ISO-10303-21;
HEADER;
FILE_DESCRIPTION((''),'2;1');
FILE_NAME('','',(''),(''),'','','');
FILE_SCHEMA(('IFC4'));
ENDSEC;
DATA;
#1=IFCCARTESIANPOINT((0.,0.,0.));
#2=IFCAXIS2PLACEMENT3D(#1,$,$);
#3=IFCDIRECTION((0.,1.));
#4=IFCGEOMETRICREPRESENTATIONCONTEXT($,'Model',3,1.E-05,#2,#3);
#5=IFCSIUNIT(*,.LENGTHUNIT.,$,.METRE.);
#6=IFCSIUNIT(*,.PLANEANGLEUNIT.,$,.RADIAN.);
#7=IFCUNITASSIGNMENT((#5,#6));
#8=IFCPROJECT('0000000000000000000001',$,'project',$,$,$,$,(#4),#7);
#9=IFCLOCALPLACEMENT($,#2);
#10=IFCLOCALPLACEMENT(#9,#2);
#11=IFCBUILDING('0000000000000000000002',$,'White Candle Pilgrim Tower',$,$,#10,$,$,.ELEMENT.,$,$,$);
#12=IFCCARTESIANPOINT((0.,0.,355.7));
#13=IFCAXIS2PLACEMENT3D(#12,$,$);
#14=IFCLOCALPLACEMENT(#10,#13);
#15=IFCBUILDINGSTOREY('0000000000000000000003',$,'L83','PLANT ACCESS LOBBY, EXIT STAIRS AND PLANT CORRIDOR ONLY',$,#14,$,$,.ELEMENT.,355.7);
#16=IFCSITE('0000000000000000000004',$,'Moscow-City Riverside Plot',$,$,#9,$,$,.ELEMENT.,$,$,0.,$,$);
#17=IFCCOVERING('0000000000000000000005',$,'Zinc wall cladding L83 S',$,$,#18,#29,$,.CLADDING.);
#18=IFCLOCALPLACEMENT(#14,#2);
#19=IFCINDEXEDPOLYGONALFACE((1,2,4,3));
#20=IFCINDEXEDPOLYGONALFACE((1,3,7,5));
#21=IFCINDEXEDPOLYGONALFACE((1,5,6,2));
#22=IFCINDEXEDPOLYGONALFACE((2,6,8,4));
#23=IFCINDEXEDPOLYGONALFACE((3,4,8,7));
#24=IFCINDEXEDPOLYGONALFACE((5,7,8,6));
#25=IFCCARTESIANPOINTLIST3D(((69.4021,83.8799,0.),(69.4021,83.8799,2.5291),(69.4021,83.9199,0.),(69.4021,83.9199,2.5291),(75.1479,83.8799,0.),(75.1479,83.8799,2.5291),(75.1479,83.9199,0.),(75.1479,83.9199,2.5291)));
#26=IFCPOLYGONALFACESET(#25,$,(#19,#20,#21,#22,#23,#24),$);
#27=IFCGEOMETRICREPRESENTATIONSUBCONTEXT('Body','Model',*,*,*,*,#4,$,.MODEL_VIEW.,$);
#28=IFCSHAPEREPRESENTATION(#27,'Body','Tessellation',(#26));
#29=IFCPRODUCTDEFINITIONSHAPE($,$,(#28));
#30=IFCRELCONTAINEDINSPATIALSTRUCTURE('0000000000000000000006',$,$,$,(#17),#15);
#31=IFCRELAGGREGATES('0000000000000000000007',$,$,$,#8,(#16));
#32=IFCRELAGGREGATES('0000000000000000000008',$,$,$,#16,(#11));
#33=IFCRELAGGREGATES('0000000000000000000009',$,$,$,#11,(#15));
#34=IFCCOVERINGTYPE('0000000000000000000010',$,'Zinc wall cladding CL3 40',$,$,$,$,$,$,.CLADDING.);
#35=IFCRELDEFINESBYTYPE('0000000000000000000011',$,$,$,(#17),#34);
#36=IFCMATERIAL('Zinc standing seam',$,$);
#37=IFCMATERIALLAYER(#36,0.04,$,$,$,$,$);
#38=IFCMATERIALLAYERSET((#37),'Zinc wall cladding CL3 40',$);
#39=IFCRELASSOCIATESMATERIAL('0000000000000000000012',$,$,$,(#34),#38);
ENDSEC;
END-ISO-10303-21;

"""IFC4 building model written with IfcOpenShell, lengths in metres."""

from ifc_helpers import new_model, si_unit, direction, frame, origin, place, context, subcontext, project, spatial, polyline, outline, extrude, material, layer, layer_set, type_object, element, save


model = new_model("IFC4")

# Units and contexts
model_context = context("Model", 3, precision=1e-05, world=origin(), true_north=direction((0.0, 1.0)))
body_context = subcontext(model_context, "Body", "Model", "MODEL_VIEW")
ifc_project = project(units=[si_unit("LENGTHUNIT", "METRE"), si_unit("PLANEANGLEUNIT", "RADIAN")], contexts=[model_context])

# Site, building, storey
site_placement = place(None, origin())
site = spatial("IfcSite", under=ifc_project, at=site_placement, Name="Moscow-City Riverside Plot", CompositionType="ELEMENT", RefElevation=0.0)
building_placement = place(site_placement, origin())
building = spatial("IfcBuilding", under=site, at=building_placement, Name="White Candle Pilgrim Tower", CompositionType="ELEMENT")
storey_placement = place(building_placement, frame((0.0, 0.0, 355.7)))
storey = spatial("IfcBuildingStorey", under=building, at=storey_placement, Name="L83", Description="PLANT ACCESS LOBBY, EXIT STAIRS AND PLANT CORRIDOR ONLY", CompositionType="ELEMENT", Elevation=355.7)

# Shared definitions
ifc_material_1 = material(Name="Zinc standing seam")

# Covering
ifc_layer_1 = layer(ifc_material_1, 0.04)
ifc_layer_set_1 = layer_set([ifc_layer_1], Name="Zinc wall cladding CL3 40")
covering_type_1 = type_object("IfcCoveringType", Name="Zinc wall cladding CL3 40", PredefinedType="CLADDING", material=ifc_layer_set_1)
covering_1_placement = place(storey_placement, frame((69.4021, 83.9199, 2.5291), z_axis=(0.0, 1.0, 0.0), x_axis=(1.0, 0.0, 0.0)))
element("IfcCovering", 1, at=covering_1_placement, inside=storey, type_object=covering_type_1, Name="Zinc wall cladding L83 S", PredefinedType="CLADDING", context=body_context, shape_type="SweptSolid", body=[
    extrude(outline(polyline([(0.0, 0.0), (5.7458, 0.0), (5.7458, 2.5291), (0.0, 2.5291), (0.0, 0.0)])), origin(), (0.0, 0.0, -1.0), 0.04),
])

save(model, "model.ifc")
